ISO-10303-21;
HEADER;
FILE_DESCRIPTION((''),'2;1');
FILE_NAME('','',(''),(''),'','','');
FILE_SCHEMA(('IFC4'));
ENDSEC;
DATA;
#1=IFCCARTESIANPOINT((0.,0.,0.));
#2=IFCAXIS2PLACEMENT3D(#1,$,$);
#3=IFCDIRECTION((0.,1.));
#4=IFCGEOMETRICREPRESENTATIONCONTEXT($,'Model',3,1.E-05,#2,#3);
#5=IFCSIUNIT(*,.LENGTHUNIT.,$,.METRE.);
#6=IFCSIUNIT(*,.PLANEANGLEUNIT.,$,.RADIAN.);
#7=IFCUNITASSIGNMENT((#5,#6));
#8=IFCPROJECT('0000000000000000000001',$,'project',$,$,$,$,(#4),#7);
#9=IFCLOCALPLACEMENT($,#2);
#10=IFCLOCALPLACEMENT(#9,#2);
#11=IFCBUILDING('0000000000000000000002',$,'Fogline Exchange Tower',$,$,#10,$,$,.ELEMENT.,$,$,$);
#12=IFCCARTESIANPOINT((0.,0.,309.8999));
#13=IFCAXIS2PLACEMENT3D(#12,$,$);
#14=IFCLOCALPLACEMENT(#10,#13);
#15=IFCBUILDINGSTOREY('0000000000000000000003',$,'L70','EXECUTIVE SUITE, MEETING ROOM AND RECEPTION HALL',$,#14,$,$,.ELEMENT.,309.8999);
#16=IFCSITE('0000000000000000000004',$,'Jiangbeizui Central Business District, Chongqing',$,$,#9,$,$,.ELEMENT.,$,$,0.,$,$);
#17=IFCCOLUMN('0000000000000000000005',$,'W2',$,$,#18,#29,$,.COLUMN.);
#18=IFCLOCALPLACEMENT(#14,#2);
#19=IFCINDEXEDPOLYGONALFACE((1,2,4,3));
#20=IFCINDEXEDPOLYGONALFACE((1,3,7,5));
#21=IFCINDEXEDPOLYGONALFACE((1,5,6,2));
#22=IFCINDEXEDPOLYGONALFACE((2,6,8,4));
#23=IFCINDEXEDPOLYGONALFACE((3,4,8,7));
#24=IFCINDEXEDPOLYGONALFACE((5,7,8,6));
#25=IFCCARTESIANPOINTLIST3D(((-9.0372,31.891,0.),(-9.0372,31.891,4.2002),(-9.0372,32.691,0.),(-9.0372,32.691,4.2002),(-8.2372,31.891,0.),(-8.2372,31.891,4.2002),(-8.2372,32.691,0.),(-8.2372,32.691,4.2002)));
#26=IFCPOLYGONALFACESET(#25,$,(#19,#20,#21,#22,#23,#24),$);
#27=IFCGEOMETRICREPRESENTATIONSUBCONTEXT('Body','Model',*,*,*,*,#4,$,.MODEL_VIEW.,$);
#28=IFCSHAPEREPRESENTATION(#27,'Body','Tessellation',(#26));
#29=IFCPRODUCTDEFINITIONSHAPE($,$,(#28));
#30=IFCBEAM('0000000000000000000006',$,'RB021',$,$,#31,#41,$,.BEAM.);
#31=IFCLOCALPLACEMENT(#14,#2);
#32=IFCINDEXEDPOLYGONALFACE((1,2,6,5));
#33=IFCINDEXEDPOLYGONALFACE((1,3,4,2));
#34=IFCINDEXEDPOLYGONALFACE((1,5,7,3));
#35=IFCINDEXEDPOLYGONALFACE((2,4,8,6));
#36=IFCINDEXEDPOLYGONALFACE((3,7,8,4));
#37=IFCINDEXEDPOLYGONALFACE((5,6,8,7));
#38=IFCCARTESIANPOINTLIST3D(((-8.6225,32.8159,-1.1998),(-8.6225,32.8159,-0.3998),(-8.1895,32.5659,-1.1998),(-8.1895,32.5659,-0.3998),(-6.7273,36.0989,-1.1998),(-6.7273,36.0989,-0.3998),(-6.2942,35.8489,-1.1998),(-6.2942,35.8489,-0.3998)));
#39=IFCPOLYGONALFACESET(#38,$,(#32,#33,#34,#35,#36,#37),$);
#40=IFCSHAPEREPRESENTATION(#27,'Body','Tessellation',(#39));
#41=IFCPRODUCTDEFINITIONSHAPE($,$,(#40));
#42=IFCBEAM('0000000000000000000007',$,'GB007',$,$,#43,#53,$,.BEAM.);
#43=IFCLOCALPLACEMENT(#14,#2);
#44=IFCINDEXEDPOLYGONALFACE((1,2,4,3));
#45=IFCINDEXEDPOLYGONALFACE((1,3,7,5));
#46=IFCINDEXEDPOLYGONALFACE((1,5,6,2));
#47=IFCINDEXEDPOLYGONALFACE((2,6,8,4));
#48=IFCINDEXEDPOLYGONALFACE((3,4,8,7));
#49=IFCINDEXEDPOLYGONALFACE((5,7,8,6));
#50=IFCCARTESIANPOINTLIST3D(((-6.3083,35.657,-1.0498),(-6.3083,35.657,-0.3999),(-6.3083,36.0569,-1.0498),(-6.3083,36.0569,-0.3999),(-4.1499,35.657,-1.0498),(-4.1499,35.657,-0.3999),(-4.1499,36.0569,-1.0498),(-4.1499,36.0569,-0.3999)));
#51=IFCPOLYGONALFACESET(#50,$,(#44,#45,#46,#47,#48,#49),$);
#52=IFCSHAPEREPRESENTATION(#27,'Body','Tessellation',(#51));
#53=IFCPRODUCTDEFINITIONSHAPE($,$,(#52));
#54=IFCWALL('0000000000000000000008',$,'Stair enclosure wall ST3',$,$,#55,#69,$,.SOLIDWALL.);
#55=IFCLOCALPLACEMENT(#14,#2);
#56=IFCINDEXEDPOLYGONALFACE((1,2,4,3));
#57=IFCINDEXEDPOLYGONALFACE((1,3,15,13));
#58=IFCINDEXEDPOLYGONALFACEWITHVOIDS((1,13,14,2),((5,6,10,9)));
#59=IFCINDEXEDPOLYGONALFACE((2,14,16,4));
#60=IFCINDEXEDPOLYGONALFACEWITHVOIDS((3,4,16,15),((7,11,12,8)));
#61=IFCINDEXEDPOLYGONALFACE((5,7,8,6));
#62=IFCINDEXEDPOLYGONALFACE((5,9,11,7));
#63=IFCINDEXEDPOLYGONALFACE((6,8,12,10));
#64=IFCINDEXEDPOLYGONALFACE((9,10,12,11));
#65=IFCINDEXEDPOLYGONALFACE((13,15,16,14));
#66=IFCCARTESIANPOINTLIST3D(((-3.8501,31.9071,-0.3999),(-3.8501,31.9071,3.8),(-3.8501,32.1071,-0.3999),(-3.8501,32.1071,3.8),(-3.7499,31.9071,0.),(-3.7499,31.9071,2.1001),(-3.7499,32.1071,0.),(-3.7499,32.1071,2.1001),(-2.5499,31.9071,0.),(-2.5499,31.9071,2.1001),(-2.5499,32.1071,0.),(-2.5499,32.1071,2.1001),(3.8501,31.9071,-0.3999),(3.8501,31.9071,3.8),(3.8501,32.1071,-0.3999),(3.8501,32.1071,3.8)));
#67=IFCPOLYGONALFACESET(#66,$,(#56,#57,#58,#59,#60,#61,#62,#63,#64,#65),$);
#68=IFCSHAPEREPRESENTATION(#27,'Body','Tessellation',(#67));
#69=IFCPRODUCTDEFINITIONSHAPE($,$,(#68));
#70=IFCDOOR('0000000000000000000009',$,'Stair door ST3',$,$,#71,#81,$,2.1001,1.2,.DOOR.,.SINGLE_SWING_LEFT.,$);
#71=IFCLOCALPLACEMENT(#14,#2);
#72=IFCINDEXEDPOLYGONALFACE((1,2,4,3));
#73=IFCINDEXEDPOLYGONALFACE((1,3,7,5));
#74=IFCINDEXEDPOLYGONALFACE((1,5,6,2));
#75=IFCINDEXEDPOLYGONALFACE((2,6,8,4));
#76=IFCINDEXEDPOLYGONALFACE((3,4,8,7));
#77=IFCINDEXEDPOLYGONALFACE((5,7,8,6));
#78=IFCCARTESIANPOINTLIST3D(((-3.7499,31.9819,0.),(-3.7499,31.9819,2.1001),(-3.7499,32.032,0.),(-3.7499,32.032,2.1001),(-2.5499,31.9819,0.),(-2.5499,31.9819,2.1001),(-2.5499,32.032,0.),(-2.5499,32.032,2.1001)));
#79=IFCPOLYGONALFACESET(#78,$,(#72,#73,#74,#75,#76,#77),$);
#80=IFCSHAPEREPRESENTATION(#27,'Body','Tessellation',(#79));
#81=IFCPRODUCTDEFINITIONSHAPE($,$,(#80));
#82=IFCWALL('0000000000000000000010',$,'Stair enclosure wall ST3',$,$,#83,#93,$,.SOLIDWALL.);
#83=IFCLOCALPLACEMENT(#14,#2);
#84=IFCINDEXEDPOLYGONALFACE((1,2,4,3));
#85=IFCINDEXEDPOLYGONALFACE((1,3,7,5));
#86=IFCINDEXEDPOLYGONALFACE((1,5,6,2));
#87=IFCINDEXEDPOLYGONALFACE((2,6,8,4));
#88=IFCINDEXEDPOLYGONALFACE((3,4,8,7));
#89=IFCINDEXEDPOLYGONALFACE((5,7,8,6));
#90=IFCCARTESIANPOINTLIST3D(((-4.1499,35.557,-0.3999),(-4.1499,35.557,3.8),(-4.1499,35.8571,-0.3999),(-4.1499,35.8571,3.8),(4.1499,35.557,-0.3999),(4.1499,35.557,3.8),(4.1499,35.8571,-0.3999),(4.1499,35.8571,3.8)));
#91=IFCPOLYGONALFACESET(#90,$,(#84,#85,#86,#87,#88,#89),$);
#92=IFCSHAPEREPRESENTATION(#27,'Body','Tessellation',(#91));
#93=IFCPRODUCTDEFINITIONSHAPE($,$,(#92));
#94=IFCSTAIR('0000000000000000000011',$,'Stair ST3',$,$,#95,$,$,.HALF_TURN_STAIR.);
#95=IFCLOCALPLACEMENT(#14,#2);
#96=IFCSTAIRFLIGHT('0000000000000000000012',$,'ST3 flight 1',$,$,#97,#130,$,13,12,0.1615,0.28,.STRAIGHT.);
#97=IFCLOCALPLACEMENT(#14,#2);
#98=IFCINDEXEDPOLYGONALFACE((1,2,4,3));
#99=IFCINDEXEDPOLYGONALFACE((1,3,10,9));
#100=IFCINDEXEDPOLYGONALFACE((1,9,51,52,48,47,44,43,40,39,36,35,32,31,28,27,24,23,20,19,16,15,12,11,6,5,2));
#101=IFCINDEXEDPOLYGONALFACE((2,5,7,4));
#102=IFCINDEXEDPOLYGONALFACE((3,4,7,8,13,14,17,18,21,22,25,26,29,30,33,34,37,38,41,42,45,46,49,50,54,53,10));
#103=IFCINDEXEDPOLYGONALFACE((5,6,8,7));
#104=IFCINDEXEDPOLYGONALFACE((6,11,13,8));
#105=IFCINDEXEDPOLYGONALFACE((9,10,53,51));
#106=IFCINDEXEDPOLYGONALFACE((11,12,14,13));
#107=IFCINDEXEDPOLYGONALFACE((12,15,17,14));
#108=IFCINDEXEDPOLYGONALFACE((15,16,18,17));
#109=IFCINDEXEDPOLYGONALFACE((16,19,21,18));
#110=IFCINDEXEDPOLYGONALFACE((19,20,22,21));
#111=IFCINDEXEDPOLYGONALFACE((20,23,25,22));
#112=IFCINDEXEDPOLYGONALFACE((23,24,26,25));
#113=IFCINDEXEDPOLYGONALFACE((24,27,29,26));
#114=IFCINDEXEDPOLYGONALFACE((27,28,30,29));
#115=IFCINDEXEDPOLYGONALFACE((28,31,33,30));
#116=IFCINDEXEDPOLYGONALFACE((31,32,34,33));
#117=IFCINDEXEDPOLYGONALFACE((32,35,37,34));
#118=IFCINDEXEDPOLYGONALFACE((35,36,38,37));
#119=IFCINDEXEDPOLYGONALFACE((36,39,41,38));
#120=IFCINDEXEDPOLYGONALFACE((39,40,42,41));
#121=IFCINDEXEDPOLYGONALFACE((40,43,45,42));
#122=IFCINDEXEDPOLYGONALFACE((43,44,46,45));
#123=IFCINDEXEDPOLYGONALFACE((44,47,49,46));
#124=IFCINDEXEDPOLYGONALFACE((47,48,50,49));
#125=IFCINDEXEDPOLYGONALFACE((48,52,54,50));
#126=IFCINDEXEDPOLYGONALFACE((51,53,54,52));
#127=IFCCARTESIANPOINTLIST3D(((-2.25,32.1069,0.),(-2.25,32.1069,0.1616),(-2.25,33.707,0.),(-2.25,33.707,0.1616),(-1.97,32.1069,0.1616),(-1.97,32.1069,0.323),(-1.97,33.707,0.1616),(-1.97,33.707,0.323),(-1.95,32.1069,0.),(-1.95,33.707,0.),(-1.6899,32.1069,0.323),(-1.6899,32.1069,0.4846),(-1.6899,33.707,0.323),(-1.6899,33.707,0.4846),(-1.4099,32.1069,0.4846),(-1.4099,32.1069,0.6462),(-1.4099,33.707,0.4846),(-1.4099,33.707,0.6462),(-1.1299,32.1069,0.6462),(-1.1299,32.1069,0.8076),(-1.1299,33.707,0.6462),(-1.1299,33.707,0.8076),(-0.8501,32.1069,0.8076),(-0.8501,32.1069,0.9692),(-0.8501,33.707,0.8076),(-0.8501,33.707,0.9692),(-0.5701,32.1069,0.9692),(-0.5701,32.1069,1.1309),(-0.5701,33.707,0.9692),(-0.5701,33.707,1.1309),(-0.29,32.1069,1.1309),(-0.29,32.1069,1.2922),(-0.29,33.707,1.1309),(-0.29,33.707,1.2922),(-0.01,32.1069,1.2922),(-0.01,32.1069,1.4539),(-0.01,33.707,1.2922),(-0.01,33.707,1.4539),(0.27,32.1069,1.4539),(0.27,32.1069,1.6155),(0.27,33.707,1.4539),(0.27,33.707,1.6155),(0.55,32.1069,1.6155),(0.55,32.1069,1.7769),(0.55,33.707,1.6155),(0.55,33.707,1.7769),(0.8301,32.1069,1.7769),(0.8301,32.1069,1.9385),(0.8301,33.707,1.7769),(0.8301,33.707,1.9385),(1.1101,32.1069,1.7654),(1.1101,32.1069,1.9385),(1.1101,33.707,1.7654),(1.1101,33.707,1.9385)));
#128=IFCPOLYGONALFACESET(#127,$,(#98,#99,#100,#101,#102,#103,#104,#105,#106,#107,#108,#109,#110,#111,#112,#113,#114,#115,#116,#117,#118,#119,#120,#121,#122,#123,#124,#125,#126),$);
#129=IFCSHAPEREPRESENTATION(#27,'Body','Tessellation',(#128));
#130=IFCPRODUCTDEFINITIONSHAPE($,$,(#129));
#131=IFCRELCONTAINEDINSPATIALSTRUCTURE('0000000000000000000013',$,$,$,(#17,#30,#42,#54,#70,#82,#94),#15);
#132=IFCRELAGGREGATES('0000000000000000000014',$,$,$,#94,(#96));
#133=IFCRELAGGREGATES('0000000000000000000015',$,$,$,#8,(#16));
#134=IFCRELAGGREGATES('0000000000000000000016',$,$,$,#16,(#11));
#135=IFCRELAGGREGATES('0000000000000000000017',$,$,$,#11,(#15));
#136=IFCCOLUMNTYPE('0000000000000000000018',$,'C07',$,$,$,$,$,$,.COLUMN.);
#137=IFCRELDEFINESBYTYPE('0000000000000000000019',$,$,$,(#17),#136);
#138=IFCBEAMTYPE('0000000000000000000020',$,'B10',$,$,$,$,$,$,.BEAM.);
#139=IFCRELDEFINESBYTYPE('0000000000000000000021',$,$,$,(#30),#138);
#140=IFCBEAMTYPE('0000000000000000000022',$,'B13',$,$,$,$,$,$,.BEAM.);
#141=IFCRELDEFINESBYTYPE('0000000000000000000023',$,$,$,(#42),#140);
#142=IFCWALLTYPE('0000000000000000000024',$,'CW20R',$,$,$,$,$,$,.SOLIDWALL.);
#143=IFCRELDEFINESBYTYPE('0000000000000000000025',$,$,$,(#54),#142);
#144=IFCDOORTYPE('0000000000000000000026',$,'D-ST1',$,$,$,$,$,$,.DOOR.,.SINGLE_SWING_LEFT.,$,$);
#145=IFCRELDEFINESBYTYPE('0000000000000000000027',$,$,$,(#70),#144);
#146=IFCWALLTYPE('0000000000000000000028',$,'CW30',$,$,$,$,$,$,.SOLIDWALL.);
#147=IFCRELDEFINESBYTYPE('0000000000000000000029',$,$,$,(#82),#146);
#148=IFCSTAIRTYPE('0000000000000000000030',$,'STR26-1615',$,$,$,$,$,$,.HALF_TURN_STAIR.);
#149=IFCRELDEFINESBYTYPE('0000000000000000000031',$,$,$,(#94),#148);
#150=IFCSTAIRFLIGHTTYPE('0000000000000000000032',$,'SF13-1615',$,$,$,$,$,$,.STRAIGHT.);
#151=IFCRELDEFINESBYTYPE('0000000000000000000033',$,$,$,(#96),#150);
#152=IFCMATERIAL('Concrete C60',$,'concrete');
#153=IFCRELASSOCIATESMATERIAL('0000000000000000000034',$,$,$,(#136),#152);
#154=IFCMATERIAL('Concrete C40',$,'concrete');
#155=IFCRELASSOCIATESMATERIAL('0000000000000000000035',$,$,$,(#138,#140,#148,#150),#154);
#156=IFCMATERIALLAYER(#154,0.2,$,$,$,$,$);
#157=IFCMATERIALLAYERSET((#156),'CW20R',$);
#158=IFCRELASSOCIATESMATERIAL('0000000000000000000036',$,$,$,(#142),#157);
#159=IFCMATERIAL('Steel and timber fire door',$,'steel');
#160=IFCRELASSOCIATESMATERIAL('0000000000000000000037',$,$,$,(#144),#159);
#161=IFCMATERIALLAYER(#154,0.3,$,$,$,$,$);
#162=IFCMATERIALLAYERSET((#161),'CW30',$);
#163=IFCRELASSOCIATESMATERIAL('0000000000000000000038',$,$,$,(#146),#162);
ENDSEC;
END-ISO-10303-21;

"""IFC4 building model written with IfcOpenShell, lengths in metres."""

from ifc_helpers import new_model, si_unit, direction, frame, frame_2d, origin, origin_2d, place, context, subcontext, project, spatial, polyline, rectangle, outline, extrude, material, layer, layer_set, material_profile, profile_set, type_object, element, fill, aggregate, save


model = new_model("IFC4")

# Units and contexts
model_context = context("Model", 3, precision=1e-05, world=origin(), true_north=direction((0.0, 1.0)))
body_context = subcontext(model_context, "Body", "Model", "MODEL_VIEW")
ifc_project = project(units=[si_unit("LENGTHUNIT", "METRE"), si_unit("PLANEANGLEUNIT", "RADIAN")], contexts=[model_context])

# Site, building, storey
site_placement = place(None, origin())
site = spatial("IfcSite", under=ifc_project, at=site_placement, Name="Jiangbeizui Central Business District, Chongqing", CompositionType="ELEMENT", RefElevation=0.0)
building_placement = place(site_placement, origin())
building = spatial("IfcBuilding", under=site, at=building_placement, Name="Fogline Exchange Tower", CompositionType="ELEMENT")
storey_placement = place(building_placement, frame((0.0, 0.0, 309.8999)))
storey = spatial("IfcBuildingStorey", under=building, at=storey_placement, Name="L70", Description="EXECUTIVE SUITE, MEETING ROOM AND RECEPTION HALL", CompositionType="ELEMENT", Elevation=309.8999)

# Column
ifc_material_1 = material(Name="Concrete C60", Category="concrete")
ifc_material_profile_1 = material_profile(ifc_material_1, rectangle(XDim=0.8, YDim=0.8, at=origin_2d()), Name="RC 800x800")
ifc_profile_set_1 = profile_set([ifc_material_profile_1], Name="Concrete C60")
column_type = type_object("IfcColumnType", Name="C07", PredefinedType="COLUMN", material=ifc_profile_set_1)
column_placement = place(storey_placement, frame((-8.6372, 32.291, 0.0), z_axis=(0.0, 0.0, 1.0), x_axis=(1.0, 0.0, 0.0)))
element("IfcColumn", 1, at=column_placement, inside=storey, type_object=column_type, Name="W2", PredefinedType="COLUMN", context=body_context, shape_type="SweptSolid", body=[
    extrude(rectangle(XDim=0.8, YDim=0.8, at=origin_2d()), origin(), (0.0, 0.0, 1.0), 4.2002),
])

# Beams
ifc_material_2 = material(Name="Concrete C40", Category="concrete")
ifc_material_profile_2 = material_profile(ifc_material_2, rectangle(XDim=0.5, YDim=0.8, at=origin_2d()), Name="RC 500x800")
ifc_profile_set_2 = profile_set([ifc_material_profile_2], Name="Concrete C40")
beam_type_1 = type_object("IfcBeamType", Name="B10", PredefinedType="BEAM", material=ifc_profile_set_2)
beam_1_placement = place(storey_placement, frame((-6.5107, 35.9739, -0.7998), z_axis=(-0.49997, -0.866043, 0.0), x_axis=(0.866043, -0.49997, 0.0)))
element("IfcBeam", 2, at=beam_1_placement, inside=storey, type_object=beam_type_1, Name="RB021", PredefinedType="BEAM", context=body_context, shape_type="SweptSolid", body=[
    extrude(rectangle(XDim=0.5, YDim=0.8, at=origin_2d()), origin(), (0.0, 0.0, 1.0), 3.7908),
])
ifc_material_profile_3 = material_profile(ifc_material_2, rectangle(XDim=0.3999, YDim=0.6499, at=origin_2d()), Name="RC 400x650")
ifc_profile_set_3 = profile_set([ifc_material_profile_3], Name="Concrete C40")
beam_type_2 = type_object("IfcBeamType", Name="B13", PredefinedType="BEAM", material=ifc_profile_set_3)
beam_2_placement = place(storey_placement, frame((-6.3083, 35.8569, -0.7249), z_axis=(1.0, 0.0, 0.0), x_axis=(0.0, 1.0, 0.0)))
element("IfcBeam", 3, at=beam_2_placement, inside=storey, type_object=beam_type_2, Name="GB007", PredefinedType="BEAM", context=body_context, shape_type="SweptSolid", body=[
    extrude(rectangle(XDim=0.3999, YDim=0.6499, at=origin_2d()), origin(), (0.0, 0.0, 1.0), 2.1584),
])

# Wall, opening, door
ifc_layer_1 = layer(ifc_material_2, 0.2)
ifc_layer_set_1 = layer_set([ifc_layer_1], Name="CW20R")
wall_type_1 = type_object("IfcWallType", Name="CW20R", PredefinedType="SOLIDWALL", material=ifc_layer_set_1)
wall_1_placement = place(storey_placement, frame((-3.8501, 32.0071, -0.3999), z_axis=(0.0, 0.0, 1.0), x_axis=(1.0, 0.0, 0.0)))
wall_1 = element("IfcWall", 4, at=wall_1_placement, inside=storey, type_object=wall_type_1, Name="Stair enclosure wall ST3", PredefinedType="SOLIDWALL", context=body_context, shape_type="SweptSolid", body=[
    extrude(rectangle(XDim=7.7002, YDim=0.2, at=frame_2d((3.8501, 0.0))), origin(), (0.0, 0.0, 1.0), 4.2),
])
opening_placement = place(wall_1_placement, frame((0.1001, 0.0, 0.3999)))
opening = element("IfcOpeningElement", 5, at=opening_placement, cuts=wall_1, PredefinedType="OPENING", context=body_context, shape_type="SweptSolid", body=[
    extrude(rectangle(XDim=1.2, YDim=2.1001, at=frame_2d((0.6001, 1.05))), frame((0.0, 0.1099, 0.0), z_axis=(0.0, -1.0, 0.0), x_axis=(1.0, 0.0, 0.0)), (0.0, 0.0, 1.0), 0.22),
])
ifc_material_3 = material(Name="Steel and timber fire door", Category="steel")
door_type = type_object("IfcDoorType", Name="D-ST1", OperationType="SINGLE_SWING_LEFT", PredefinedType="DOOR", material=ifc_material_3)
door_placement = place(opening_placement, origin())
door = element("IfcDoor", 6, at=door_placement, inside=storey, type_object=door_type, Name="Stair door ST3", OperationType="SINGLE_SWING_LEFT", OverallHeight=2.1001, OverallWidth=1.2, PredefinedType="DOOR", context=body_context, shape_type="SweptSolid", body=[
    extrude(rectangle(XDim=1.2, YDim=2.1001, at=frame_2d((0.6001, 1.05))), frame((0.0, 0.0249, 0.0), z_axis=(0.0, -1.0, 0.0), x_axis=(1.0, 0.0, 0.0)), (0.0, 0.0, 1.0), 0.05),
])
fill(opening, door)

# Wall
ifc_layer_2 = layer(ifc_material_2, 0.3)
ifc_layer_set_2 = layer_set([ifc_layer_2], Name="CW30")
wall_type_2 = type_object("IfcWallType", Name="CW30", PredefinedType="SOLIDWALL", material=ifc_layer_set_2)
wall_2_placement = place(storey_placement, frame((-4.1499, 35.707, -0.3999), z_axis=(0.0, 0.0, 1.0), x_axis=(1.0, 0.0, 0.0)))
element("IfcWall", 7, at=wall_2_placement, inside=storey, type_object=wall_type_2, Name="Stair enclosure wall ST3", PredefinedType="SOLIDWALL", context=body_context, shape_type="SweptSolid", body=[
    extrude(rectangle(XDim=8.2998, YDim=0.3, at=frame_2d((4.1499, 0.0))), origin(), (0.0, 0.0, 1.0), 4.2),
])

# Stair, stair flight
stair_type = type_object("IfcStairType", Name="STR26-1615", PredefinedType="HALF_TURN_STAIR", material=ifc_material_2)
stair_placement = place(storey_placement, origin())
stair = element("IfcStair", 8, at=stair_placement, inside=storey, type_object=stair_type, Name="Stair ST3", PredefinedType="HALF_TURN_STAIR")
stair_flight_type = type_object("IfcStairFlightType", Name="SF13-1615", PredefinedType="STRAIGHT", material=ifc_material_2)
stair_flight_placement = place(storey_placement, frame((-2.25, 32.907, 0.0), z_axis=(0.0, 0.0, 1.0), x_axis=(1.0, 0.0, 0.0)))
stair_flight = element("IfcStairFlight", 9, at=stair_flight_placement, type_object=stair_flight_type, Name="ST3 flight 1", NumberOfRisers=13, NumberOfTreads=12, PredefinedType="STRAIGHT", RiserHeight=0.1615, TreadLength=0.28, context=body_context, shape_type="SweptSolid", body=[
    extrude(outline(polyline([(0.0, 0.0), (0.0, 0.1616), (0.28, 0.1616), (0.28, 0.323), (0.5601, 0.323), (0.5601, 0.4846), (0.8401, 0.4846), (0.8401, 0.6462), (1.1201, 0.6462), (1.1201, 0.8076), (1.3999, 0.8076), (1.3999, 0.9692), (1.6799, 0.9692), (1.6799, 1.1309), (1.96, 1.1309), (1.96, 1.2922), (2.24, 1.2922), (2.24, 1.4539), (2.52, 1.4539), (2.52, 1.6155), (2.8, 1.6155), (2.8, 1.7769), (3.0801, 1.7769), (3.0801, 1.9385), (3.3601, 1.9385), (3.3601, 2.1001), (3.3601, 1.7654), (0.3, 0.0), (0.0, 0.0)])), frame((0.0, 0.8, 0.0), z_axis=(0.0, -1.0, 0.0), x_axis=(1.0, 0.0, 0.0)), (0.0, 0.0, 1.0), 1.6001),
])
aggregate(stair, [stair_flight])

save(model, "model.ifc")
